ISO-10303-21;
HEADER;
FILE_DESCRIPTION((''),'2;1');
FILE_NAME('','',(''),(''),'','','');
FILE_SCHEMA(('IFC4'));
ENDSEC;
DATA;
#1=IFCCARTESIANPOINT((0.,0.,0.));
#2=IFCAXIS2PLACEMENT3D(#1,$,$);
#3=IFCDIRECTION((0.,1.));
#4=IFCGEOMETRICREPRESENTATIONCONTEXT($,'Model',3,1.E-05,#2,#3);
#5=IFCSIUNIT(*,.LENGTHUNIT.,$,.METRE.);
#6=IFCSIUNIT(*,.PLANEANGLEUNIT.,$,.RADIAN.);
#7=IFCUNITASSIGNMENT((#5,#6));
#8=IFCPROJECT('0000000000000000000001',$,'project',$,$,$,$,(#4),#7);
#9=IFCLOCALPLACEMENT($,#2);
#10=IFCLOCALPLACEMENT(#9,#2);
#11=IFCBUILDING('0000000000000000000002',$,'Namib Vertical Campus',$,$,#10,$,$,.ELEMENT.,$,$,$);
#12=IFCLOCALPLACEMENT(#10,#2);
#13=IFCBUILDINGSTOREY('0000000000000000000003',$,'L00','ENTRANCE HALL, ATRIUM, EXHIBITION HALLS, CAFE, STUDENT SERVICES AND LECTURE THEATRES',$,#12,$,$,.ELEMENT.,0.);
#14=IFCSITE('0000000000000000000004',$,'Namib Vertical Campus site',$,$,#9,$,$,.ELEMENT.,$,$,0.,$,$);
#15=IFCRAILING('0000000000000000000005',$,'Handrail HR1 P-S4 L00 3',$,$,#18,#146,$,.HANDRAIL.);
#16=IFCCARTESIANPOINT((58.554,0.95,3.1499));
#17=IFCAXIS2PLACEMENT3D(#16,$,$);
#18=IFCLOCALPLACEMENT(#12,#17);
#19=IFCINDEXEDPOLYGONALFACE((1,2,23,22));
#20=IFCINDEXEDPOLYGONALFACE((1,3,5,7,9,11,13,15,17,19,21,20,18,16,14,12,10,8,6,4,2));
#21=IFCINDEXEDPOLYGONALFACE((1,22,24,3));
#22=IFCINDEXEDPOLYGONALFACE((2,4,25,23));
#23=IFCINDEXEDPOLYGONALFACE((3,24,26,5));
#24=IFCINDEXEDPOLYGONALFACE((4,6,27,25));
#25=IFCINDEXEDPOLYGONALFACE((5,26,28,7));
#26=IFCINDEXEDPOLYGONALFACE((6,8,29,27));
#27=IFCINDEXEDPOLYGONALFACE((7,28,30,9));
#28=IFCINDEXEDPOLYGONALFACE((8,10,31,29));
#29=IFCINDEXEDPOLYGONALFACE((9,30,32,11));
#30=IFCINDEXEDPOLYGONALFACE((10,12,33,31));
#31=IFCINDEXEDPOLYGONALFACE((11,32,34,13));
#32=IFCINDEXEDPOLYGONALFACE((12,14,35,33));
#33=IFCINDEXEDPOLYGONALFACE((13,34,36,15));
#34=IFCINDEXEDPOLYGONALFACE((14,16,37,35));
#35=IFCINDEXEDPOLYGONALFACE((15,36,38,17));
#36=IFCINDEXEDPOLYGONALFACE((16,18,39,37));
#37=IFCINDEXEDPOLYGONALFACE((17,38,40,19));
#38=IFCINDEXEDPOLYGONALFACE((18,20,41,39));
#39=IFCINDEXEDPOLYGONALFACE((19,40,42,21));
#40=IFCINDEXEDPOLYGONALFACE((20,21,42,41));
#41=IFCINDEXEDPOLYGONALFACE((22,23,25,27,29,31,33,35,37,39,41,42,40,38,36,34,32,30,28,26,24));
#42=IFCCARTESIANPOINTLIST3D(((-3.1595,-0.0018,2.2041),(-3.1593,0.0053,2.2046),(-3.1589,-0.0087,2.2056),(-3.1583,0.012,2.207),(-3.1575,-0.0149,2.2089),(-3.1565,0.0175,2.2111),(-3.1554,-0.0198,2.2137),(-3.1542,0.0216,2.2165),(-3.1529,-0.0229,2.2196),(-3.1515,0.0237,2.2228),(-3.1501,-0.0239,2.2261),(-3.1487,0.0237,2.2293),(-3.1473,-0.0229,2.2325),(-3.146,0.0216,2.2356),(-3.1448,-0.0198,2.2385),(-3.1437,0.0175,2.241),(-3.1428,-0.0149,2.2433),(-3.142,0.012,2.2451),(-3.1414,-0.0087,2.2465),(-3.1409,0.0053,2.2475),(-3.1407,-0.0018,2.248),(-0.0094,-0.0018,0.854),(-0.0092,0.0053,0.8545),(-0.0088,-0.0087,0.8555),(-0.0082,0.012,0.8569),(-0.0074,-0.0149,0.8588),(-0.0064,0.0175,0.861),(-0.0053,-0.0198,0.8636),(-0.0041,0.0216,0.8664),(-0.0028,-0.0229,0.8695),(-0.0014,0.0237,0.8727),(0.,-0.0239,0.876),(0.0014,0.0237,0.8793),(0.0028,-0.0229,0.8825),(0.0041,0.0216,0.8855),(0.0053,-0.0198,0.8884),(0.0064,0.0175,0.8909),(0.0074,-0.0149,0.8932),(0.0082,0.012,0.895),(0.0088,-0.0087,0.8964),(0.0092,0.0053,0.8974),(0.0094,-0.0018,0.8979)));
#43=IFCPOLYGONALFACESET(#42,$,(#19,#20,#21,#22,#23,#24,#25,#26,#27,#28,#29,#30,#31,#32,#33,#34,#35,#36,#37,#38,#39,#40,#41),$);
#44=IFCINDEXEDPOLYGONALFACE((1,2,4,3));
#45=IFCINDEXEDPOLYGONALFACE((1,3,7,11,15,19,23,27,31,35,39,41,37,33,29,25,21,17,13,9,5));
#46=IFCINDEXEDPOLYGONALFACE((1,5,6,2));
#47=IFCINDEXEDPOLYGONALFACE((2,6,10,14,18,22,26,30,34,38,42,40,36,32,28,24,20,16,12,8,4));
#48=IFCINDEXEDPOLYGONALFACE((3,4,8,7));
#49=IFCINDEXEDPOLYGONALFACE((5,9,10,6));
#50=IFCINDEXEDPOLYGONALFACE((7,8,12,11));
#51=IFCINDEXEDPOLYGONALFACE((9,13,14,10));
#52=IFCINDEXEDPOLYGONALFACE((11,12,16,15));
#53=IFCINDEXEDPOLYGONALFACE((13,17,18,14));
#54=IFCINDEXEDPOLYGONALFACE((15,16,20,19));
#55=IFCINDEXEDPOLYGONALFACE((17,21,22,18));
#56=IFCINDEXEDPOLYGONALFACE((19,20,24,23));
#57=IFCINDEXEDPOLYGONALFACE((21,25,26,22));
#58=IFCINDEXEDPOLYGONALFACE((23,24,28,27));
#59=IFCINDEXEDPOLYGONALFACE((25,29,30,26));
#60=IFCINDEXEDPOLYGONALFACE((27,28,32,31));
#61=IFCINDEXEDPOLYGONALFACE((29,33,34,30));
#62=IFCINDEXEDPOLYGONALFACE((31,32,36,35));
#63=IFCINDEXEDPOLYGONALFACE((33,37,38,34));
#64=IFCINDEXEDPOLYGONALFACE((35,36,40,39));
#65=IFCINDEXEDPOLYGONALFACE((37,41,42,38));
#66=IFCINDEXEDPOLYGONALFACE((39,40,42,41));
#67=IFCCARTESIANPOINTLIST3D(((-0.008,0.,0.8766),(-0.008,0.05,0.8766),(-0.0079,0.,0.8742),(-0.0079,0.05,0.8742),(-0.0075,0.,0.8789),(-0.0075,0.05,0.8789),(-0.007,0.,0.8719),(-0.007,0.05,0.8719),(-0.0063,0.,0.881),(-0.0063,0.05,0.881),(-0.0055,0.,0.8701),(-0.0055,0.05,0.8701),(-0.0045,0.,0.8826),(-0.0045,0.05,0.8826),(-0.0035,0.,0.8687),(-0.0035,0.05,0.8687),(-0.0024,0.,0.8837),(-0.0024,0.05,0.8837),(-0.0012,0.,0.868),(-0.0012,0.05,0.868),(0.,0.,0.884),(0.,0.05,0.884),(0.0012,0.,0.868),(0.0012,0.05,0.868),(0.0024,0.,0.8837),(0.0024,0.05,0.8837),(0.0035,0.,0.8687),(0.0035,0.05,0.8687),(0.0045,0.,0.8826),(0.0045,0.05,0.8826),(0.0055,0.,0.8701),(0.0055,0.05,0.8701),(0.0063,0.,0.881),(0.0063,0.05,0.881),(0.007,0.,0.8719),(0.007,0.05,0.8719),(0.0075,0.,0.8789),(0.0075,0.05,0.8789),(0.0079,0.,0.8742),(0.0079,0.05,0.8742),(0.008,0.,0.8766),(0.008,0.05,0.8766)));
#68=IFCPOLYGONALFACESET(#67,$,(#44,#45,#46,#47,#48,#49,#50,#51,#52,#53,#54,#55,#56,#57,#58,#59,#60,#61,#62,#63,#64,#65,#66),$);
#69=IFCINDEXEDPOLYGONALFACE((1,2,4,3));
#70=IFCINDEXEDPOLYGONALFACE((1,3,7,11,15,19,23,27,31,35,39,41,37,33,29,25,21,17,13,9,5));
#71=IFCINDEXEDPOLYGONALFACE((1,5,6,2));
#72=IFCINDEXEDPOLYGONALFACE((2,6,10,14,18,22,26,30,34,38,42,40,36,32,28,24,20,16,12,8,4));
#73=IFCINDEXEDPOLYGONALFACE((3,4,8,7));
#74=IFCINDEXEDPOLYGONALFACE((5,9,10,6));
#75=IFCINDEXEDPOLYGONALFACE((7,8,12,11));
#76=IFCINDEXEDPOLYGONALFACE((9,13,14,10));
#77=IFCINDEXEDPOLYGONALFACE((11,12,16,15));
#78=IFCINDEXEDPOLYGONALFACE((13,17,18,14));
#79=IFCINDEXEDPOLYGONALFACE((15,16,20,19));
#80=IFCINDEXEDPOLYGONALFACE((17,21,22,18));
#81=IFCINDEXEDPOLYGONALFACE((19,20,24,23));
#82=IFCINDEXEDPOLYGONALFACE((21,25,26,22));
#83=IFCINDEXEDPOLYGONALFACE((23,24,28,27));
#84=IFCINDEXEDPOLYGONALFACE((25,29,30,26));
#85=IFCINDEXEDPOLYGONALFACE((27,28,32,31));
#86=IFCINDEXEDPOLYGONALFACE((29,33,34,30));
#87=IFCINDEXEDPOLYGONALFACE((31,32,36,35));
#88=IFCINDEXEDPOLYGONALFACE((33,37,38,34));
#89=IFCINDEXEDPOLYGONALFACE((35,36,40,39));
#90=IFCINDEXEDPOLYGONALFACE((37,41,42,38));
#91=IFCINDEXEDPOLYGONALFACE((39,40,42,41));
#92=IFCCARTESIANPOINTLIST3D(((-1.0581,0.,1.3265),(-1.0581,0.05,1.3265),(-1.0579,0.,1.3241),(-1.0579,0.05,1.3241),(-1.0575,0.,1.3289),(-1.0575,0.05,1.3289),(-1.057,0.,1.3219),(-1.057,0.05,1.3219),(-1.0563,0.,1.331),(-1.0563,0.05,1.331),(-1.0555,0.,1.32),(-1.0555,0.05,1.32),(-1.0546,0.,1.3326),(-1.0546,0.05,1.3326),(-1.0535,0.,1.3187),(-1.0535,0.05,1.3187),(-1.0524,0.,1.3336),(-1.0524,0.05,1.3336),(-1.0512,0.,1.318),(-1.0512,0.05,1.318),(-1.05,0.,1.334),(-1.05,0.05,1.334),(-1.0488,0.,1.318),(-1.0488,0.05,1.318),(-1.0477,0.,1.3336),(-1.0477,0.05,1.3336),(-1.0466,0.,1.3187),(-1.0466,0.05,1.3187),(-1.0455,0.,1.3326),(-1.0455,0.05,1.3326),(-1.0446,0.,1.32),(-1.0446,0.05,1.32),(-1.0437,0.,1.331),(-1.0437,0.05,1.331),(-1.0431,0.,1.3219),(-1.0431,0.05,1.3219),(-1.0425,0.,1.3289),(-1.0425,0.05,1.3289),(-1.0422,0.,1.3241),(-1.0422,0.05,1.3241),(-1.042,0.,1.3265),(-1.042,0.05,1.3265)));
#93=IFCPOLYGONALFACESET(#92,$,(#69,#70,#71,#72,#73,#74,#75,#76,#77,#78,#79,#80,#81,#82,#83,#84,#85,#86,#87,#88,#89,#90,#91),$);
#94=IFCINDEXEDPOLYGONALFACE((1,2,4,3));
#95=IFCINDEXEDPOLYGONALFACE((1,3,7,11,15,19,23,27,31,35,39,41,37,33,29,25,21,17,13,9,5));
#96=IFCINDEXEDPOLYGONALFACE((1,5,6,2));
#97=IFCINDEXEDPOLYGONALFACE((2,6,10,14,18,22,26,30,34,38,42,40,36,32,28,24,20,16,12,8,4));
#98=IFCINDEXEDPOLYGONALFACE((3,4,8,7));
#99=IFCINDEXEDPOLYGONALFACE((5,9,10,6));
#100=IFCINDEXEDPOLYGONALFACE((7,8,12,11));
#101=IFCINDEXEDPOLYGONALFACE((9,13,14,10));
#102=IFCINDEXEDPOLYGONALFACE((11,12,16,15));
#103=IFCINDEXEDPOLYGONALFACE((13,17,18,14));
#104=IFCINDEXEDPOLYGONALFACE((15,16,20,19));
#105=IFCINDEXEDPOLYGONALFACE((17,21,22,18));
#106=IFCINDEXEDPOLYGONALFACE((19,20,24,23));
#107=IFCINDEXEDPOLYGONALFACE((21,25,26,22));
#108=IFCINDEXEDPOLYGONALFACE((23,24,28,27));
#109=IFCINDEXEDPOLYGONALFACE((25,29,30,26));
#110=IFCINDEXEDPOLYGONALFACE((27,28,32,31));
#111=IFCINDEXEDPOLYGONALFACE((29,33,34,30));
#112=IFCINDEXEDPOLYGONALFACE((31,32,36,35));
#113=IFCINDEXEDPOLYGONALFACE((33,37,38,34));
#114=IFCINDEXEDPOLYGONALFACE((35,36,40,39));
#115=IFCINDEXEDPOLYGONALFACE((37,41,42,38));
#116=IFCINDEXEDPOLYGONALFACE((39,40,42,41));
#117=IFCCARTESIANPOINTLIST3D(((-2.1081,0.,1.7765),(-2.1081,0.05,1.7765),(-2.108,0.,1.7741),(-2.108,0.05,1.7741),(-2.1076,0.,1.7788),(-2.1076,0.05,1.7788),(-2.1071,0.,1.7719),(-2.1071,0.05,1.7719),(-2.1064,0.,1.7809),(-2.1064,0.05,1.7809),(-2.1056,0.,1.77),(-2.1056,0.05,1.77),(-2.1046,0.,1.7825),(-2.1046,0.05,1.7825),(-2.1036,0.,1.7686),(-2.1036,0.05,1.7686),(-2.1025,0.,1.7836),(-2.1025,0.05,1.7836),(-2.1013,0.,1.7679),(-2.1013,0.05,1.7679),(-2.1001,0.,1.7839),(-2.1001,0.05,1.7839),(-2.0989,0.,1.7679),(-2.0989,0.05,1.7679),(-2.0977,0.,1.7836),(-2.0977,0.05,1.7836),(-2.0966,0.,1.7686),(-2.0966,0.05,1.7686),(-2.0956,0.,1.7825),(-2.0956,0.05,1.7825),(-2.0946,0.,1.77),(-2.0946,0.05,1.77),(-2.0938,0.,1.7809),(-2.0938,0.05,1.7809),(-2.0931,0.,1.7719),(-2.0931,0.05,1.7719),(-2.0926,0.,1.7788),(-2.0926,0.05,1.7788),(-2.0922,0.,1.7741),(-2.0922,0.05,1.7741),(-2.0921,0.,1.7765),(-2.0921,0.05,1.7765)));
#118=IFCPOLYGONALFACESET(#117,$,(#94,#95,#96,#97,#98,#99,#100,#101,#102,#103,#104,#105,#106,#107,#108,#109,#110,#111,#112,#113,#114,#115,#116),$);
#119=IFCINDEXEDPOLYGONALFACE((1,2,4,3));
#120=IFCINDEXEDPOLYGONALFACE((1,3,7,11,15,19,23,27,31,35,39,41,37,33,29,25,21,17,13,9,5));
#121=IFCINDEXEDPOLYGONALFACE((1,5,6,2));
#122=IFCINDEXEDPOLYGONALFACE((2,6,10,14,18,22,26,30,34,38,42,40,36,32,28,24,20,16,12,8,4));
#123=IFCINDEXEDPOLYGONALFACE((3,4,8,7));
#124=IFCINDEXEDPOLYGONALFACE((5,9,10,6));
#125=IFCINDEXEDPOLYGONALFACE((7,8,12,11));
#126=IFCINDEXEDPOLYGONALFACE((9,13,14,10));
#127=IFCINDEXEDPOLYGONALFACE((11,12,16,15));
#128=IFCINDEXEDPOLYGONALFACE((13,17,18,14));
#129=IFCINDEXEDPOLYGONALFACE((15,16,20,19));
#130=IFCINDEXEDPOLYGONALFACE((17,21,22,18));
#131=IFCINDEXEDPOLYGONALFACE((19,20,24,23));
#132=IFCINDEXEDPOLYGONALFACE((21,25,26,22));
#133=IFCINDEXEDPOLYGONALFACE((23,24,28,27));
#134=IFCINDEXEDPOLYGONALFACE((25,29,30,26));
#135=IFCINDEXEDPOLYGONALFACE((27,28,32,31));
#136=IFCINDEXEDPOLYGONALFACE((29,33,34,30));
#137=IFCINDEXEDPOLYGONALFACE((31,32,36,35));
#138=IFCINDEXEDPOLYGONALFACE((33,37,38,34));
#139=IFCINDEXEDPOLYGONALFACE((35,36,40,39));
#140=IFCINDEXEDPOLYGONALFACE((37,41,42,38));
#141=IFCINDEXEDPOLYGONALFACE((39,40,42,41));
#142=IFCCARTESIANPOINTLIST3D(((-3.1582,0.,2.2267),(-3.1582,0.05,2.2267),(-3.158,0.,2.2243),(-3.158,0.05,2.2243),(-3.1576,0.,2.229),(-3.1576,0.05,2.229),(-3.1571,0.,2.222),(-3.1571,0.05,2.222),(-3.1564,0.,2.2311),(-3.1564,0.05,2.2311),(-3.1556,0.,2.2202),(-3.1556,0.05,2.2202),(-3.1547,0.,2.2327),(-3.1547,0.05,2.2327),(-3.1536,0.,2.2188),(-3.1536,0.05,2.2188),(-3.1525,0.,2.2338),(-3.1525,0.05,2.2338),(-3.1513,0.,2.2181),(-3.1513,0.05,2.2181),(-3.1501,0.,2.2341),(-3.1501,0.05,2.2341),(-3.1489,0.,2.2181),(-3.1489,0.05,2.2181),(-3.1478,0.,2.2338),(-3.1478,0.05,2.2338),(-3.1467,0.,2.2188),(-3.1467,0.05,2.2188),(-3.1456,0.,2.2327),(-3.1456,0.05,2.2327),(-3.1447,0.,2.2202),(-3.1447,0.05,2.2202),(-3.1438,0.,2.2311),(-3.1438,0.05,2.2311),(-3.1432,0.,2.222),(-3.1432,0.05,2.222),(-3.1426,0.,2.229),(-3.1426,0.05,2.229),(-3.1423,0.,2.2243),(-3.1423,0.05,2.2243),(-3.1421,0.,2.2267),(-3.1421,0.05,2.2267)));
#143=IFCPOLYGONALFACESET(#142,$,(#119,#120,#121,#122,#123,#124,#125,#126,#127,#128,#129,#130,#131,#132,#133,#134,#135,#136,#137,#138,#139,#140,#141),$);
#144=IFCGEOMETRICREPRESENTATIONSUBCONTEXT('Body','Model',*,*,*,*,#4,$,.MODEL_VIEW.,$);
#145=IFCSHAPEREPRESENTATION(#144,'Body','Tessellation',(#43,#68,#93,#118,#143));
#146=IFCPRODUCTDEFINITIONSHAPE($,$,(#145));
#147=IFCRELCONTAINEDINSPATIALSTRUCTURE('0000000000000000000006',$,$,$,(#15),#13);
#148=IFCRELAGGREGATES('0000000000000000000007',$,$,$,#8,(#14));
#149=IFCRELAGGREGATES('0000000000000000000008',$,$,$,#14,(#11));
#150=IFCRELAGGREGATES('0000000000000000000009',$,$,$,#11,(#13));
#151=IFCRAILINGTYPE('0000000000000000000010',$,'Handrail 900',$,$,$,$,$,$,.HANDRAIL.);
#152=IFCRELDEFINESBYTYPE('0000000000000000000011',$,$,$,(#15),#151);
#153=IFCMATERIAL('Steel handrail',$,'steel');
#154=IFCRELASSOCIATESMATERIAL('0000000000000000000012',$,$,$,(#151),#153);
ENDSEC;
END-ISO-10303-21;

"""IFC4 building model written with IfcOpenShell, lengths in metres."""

from ifc_helpers import new_model, si_unit, direction, frame, origin, origin_2d, place, context, subcontext, project, spatial, circle, extrude, material, type_object, element, save


model = new_model("IFC4")

# Units and contexts
model_context = context("Model", 3, precision=1e-05, world=origin(), true_north=direction((0.0, 1.0)))
body_context = subcontext(model_context, "Body", "Model", "MODEL_VIEW")
ifc_project = project(units=[si_unit("LENGTHUNIT", "METRE"), si_unit("PLANEANGLEUNIT", "RADIAN")], contexts=[model_context])

# Site, building, storey
site_placement = place(None, origin())
site = spatial("IfcSite", under=ifc_project, at=site_placement, Name="Namib Vertical Campus site", CompositionType="ELEMENT", RefElevation=0.0)
building_placement = place(site_placement, origin())
building = spatial("IfcBuilding", under=site, at=building_placement, Name="Namib Vertical Campus", CompositionType="ELEMENT")
storey_placement = place(building_placement, origin())
storey = spatial("IfcBuildingStorey", under=building, at=storey_placement, Name="L00", Description="ENTRANCE HALL, ATRIUM, EXHIBITION HALLS, CAFE, STUDENT SERVICES AND LECTURE THEATRES", CompositionType="ELEMENT", Elevation=0.0)

# Railing
ifc_material_1 = material(Name="Steel handrail", Category="steel")
railing_type_1 = type_object("IfcRailingType", Name="Handrail 900", PredefinedType="HANDRAIL", material=ifc_material_1)
railing_1_placement = place(storey_placement, frame((58.554, 0.95, 3.1499)))
element("IfcRailing", 1, at=railing_1_placement, inside=storey, type_object=railing_type_1, Name="Handrail HR1 P-S4 L00 3", PredefinedType="HANDRAIL", context=body_context, shape_type="SweptSolid", body=[
    extrude(circle(Radius=0.0239, at=origin_2d()), frame((0.0, 0.0, 0.876), z_axis=(-0.919141, 0.0, 0.393928), x_axis=(0.0, -1.0, 0.0)), (0.0, 0.0, 1.0), 3.4272),
    extrude(circle(Radius=0.0081, at=origin_2d()), frame((0.0, 0.0, 0.876), z_axis=(0.0, 1.0, 0.0), x_axis=(0.0, 0.0, 1.0)), (0.0, 0.0, 1.0), 0.05),
    extrude(circle(Radius=0.0081, at=origin_2d()), frame((-1.05, 0.0, 1.3259), z_axis=(0.0, 1.0, 0.0), x_axis=(0.0, 0.0, 1.0)), (0.0, 0.0, 1.0), 0.05),
    extrude(circle(Radius=0.0081, at=origin_2d()), frame((-2.1001, 0.0, 1.7759), z_axis=(0.0, 1.0, 0.0), x_axis=(0.0, 0.0, 1.0)), (0.0, 0.0, 1.0), 0.05),
    extrude(circle(Radius=0.0081, at=origin_2d()), frame((-3.1501, 0.0, 2.2261), z_axis=(0.0, 1.0, 0.0), x_axis=(0.0, 0.0, 1.0)), (0.0, 0.0, 1.0), 0.05),
])

save(model, "model.ifc")
